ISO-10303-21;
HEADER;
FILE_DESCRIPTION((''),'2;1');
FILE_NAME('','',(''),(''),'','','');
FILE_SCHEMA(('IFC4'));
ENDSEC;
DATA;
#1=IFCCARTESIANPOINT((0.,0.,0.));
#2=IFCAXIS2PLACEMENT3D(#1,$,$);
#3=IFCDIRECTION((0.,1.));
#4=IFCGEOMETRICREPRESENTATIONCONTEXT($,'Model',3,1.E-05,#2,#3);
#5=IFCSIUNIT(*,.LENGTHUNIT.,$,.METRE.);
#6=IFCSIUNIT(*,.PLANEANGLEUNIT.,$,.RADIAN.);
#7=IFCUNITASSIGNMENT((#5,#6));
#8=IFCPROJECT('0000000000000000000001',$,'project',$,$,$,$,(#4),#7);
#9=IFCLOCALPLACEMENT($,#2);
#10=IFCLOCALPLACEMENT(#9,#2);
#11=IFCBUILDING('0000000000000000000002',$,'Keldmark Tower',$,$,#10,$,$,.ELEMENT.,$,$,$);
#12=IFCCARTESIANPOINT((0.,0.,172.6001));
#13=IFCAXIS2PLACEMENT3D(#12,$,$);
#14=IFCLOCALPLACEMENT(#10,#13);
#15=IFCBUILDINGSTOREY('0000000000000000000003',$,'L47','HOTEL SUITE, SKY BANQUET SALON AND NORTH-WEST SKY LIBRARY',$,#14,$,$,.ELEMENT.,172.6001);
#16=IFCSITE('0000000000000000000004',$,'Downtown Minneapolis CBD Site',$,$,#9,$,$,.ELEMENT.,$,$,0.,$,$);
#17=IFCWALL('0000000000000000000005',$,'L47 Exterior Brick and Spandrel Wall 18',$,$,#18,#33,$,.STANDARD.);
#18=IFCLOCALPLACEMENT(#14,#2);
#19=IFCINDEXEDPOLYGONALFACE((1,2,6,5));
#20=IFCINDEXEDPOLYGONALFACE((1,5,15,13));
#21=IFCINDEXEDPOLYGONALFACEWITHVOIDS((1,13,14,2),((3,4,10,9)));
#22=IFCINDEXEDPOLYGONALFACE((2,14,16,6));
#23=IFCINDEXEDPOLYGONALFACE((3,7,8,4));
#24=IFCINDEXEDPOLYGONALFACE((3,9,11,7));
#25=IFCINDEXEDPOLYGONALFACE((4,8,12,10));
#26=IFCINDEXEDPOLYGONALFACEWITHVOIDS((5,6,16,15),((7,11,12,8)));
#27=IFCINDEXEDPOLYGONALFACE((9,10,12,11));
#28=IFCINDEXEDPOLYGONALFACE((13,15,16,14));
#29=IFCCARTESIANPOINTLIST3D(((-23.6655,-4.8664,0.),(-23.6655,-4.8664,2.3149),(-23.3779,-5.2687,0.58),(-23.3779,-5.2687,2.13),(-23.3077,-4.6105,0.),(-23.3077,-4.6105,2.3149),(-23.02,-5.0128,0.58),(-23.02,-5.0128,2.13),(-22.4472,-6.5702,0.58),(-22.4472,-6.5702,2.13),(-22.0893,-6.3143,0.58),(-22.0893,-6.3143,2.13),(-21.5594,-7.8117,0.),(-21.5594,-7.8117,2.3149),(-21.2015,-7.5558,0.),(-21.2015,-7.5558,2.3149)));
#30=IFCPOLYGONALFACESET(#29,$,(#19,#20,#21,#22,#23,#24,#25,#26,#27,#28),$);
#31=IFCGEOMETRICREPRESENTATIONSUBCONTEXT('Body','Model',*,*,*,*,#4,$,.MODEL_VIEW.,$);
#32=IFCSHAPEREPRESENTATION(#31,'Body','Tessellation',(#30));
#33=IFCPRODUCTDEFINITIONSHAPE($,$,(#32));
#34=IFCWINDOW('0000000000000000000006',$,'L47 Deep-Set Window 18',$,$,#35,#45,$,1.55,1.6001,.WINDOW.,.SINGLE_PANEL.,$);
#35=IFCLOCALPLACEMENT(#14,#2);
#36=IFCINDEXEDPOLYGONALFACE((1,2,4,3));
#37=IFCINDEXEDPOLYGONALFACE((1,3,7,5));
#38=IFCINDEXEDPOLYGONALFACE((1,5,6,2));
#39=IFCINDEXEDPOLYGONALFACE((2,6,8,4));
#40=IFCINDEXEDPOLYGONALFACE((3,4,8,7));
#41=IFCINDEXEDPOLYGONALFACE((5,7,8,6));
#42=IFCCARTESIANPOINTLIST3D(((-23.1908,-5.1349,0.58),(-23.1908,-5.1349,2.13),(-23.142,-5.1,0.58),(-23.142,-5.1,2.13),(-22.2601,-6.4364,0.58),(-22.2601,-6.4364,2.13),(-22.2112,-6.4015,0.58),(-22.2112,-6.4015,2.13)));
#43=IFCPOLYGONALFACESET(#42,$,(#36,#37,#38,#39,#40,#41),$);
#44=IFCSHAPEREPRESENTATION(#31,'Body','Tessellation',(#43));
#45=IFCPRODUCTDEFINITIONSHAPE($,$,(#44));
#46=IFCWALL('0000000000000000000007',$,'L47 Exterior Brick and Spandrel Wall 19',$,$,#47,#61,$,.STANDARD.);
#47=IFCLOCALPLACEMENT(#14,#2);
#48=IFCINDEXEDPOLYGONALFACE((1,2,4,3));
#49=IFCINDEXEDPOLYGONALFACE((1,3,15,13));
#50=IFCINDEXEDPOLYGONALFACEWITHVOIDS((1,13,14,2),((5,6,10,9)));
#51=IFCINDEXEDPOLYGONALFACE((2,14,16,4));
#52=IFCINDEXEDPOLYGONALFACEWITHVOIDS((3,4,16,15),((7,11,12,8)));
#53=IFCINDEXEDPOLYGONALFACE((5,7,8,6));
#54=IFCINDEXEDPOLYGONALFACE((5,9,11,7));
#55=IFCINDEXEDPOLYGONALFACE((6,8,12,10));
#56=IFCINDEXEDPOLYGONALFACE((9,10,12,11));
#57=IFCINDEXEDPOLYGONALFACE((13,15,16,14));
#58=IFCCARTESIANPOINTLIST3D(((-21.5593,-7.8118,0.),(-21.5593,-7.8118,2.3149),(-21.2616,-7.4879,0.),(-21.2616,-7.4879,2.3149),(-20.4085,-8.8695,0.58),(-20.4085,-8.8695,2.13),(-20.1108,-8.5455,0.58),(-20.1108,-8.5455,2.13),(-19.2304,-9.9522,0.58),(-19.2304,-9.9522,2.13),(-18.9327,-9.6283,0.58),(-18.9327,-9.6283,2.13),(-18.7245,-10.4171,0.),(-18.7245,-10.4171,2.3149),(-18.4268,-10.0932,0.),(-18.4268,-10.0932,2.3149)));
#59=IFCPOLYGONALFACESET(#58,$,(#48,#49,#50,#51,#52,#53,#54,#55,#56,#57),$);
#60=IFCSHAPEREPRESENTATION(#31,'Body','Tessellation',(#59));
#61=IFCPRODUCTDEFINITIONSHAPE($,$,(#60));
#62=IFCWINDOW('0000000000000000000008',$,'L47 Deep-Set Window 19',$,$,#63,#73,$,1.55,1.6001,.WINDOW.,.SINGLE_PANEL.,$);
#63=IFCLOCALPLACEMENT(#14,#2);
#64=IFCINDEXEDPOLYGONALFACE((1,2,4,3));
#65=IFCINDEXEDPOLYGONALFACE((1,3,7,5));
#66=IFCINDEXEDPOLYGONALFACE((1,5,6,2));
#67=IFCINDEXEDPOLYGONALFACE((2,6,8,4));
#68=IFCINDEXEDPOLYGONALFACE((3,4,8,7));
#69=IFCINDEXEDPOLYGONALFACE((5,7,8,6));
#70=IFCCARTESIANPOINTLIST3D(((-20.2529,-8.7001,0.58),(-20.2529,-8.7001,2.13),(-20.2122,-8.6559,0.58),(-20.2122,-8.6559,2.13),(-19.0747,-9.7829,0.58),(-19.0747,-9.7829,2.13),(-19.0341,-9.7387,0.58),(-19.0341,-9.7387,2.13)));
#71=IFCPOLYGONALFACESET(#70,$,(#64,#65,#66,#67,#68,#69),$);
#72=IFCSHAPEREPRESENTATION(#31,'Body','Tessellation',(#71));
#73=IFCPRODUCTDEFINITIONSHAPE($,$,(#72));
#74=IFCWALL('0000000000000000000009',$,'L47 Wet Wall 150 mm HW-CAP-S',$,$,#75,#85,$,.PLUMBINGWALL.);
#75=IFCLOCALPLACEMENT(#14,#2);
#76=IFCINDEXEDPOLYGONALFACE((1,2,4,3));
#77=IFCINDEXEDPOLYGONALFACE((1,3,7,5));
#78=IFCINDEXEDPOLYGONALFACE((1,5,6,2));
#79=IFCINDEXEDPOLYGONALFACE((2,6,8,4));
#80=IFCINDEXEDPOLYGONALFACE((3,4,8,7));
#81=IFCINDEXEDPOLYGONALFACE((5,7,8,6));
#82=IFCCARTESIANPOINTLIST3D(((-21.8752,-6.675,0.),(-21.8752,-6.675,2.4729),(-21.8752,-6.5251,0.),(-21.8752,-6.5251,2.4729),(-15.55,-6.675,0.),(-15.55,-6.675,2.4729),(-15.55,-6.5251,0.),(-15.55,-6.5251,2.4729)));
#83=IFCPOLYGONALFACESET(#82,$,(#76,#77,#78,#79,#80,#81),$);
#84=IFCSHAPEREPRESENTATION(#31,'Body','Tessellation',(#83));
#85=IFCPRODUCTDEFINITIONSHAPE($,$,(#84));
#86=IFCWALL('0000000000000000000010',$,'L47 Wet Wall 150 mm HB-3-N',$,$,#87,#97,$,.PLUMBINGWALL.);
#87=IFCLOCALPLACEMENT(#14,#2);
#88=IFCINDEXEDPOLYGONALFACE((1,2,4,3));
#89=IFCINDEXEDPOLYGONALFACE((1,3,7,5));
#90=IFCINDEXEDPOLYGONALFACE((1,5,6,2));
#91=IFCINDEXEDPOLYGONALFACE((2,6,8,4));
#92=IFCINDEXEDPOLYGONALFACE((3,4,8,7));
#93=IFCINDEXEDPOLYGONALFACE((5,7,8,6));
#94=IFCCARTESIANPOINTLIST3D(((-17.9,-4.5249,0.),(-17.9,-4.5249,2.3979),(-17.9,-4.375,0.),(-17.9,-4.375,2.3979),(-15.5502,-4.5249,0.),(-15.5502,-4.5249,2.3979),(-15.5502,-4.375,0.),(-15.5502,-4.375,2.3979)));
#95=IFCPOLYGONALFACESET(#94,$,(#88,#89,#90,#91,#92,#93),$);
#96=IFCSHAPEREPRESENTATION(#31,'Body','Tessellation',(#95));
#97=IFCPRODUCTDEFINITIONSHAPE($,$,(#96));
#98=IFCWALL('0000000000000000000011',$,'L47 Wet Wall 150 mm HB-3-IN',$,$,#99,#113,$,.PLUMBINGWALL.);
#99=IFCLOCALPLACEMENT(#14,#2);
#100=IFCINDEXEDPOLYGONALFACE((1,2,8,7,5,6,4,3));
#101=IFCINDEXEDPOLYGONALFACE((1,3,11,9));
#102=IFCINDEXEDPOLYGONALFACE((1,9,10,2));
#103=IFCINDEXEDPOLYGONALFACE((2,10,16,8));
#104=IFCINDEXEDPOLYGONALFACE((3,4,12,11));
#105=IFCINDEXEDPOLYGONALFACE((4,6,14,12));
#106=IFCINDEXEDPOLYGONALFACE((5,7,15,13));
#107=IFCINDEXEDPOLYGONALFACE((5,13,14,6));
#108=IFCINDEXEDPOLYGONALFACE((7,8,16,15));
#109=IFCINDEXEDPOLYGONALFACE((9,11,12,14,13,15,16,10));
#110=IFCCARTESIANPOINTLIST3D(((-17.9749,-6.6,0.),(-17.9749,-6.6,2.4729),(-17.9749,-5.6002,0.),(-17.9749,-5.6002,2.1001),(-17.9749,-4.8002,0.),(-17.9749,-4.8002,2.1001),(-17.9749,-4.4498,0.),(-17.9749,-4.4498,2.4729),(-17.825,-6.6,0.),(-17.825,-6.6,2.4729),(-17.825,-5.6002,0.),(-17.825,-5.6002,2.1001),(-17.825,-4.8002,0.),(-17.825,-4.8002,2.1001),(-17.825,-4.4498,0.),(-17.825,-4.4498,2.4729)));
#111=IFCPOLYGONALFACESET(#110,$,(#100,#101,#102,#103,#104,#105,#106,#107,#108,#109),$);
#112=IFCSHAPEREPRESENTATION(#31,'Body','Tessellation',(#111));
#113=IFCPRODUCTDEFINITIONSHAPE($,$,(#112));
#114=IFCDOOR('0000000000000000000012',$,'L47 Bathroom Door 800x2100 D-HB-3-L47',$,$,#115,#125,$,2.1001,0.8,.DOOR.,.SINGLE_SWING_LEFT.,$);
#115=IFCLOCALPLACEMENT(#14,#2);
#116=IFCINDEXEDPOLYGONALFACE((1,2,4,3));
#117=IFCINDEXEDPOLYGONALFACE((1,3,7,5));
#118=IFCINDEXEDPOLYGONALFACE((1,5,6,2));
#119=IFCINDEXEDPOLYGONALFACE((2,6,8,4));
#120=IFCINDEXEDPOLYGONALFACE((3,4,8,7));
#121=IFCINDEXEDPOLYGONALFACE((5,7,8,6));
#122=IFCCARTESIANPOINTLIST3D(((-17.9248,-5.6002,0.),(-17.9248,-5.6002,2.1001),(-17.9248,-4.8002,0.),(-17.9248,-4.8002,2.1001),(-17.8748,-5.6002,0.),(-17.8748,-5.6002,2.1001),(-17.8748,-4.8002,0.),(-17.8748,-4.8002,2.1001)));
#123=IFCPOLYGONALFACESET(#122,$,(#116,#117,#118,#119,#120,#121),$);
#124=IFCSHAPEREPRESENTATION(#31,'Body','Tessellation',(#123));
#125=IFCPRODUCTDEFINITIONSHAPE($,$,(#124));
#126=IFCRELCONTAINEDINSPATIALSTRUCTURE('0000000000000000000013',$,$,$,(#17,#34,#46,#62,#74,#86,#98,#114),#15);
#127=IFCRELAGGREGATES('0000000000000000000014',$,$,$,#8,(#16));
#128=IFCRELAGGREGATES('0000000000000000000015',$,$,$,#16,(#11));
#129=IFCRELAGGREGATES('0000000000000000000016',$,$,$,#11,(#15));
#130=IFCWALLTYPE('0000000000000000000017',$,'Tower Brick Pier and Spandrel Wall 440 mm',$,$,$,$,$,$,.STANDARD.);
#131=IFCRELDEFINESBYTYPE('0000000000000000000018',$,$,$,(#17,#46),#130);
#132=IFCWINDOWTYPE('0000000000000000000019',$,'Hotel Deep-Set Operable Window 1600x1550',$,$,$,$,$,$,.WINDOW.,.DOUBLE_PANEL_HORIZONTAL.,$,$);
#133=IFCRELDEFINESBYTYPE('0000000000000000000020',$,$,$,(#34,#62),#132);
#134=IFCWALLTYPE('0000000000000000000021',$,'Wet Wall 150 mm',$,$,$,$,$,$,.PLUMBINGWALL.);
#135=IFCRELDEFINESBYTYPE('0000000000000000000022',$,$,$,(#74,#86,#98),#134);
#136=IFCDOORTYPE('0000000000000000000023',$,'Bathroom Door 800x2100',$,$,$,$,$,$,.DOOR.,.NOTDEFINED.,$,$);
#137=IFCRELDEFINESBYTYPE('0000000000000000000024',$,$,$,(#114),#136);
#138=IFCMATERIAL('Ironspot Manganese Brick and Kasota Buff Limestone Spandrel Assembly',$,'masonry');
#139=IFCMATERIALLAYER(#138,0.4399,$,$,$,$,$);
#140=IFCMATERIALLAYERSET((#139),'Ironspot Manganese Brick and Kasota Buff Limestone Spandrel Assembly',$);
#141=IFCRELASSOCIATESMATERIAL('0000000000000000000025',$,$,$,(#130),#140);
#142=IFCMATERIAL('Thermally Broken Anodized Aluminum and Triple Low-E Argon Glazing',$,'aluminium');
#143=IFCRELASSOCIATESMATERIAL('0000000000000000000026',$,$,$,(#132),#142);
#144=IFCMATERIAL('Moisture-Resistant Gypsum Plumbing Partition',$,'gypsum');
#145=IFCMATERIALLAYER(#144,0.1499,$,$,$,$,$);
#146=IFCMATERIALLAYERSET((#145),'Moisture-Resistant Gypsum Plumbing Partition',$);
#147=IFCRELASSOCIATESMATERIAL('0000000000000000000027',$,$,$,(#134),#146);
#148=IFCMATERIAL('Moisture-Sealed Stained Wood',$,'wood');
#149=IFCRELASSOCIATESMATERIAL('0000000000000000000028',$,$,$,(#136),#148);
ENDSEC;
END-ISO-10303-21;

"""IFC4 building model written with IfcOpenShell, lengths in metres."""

from ifc_helpers import new_model, si_unit, direction, frame, frame_2d, origin, place, context, subcontext, project, spatial, rectangle, extrude, material, layer, layer_set, type_object, element, fill, save


model = new_model("IFC4")

# Units and contexts
model_context = context("Model", 3, precision=1e-05, world=origin(), true_north=direction((0.0, 1.0)))
body_context = subcontext(model_context, "Body", "Model", "MODEL_VIEW")
ifc_project = project(units=[si_unit("LENGTHUNIT", "METRE"), si_unit("PLANEANGLEUNIT", "RADIAN")], contexts=[model_context])

# Site, building, storey
site_placement = place(None, origin())
site = spatial("IfcSite", under=ifc_project, at=site_placement, Name="Downtown Minneapolis CBD Site", CompositionType="ELEMENT", RefElevation=0.0)
building_placement = place(site_placement, origin())
building = spatial("IfcBuilding", under=site, at=building_placement, Name="Keldmark Tower", CompositionType="ELEMENT")
storey_placement = place(building_placement, frame((0.0, 0.0, 172.6001)))
storey = spatial("IfcBuildingStorey", under=building, at=storey_placement, Name="L47", Description="HOTEL SUITE, SKY BANQUET SALON AND NORTH-WEST SKY LIBRARY", CompositionType="ELEMENT", Elevation=172.6001)

# Walls, openings, windows
ifc_material_1 = material(Name="Ironspot Manganese Brick and Kasota Buff Limestone Spandrel Assembly", Category="masonry")
ifc_layer_1 = layer(ifc_material_1, 0.4399)
ifc_layer_set_1 = layer_set([ifc_layer_1], Name="Ironspot Manganese Brick and Kasota Buff Limestone Spandrel Assembly")
wall_type_1 = type_object("IfcWallType", Name="Tower Brick Pier and Spandrel Wall 440 mm", PredefinedType="STANDARD", material=ifc_layer_set_1)
ifc_material_2 = material(Name="Thermally Broken Anodized Aluminum and Triple Low-E Argon Glazing", Category="aluminium")
window_type = type_object("IfcWindowType", Name="Hotel Deep-Set Operable Window 1600x1550", PartitioningType="DOUBLE_PANEL_HORIZONTAL", PredefinedType="WINDOW", material=ifc_material_2)
wall_1_placement = place(storey_placement, frame((-21.3804, -7.6838, 0.0), z_axis=(0.0, 0.0, 1.0), x_axis=(-0.581678, 0.813419, 0.0)))
wall_1 = element("IfcWall", 1, at=wall_1_placement, inside=storey, type_object=wall_type_1, Name="L47 Exterior Brick and Spandrel Wall 18", PredefinedType="STANDARD", context=body_context, shape_type="SweptSolid", body=[
    extrude(rectangle(XDim=3.6208, YDim=0.4399, at=frame_2d((1.8105, 0.0))), origin(), (0.0, 0.0, 1.0), 2.3149),
])
opening_1_placement = place(wall_1_placement, frame((1.5264, 0.0, 0.5801)))
opening_1 = element("IfcOpeningElement", 2, at=opening_1_placement, cuts=wall_1, PredefinedType="OPENING", context=body_context, shape_type="SweptSolid", body=[
    extrude(rectangle(XDim=1.6001, YDim=1.55, at=frame_2d((0.8, 0.7749))), frame((0.0, 0.23, 0.0), z_axis=(0.0, -1.0, 0.0), x_axis=(1.0, 0.0, 0.0)), (0.0, 0.0, 1.0), 0.46),
])
window_1_placement = place(opening_1_placement, origin())
window_1 = element("IfcWindow", 3, at=window_1_placement, inside=storey, type_object=window_type, Name="L47 Deep-Set Window 18", OverallHeight=1.55, OverallWidth=1.6001, PartitioningType="SINGLE_PANEL", PredefinedType="WINDOW", context=body_context, shape_type="SweptSolid", body=[
    extrude(rectangle(XDim=1.6001, YDim=1.55, at=frame_2d((0.8, 0.7749))), frame((0.0, -0.01, 0.0), z_axis=(0.0, -1.0, 0.0), x_axis=(1.0, 0.0, 0.0)), (0.0, 0.0, 1.0), 0.0601),
])
fill(opening_1, window_1)
wall_2_placement = place(storey_placement, frame((-18.5757, -10.2551, 0.0), z_axis=(0.0, 0.0, 1.0), x_axis=(-0.736282, 0.676675, 0.0)))
wall_2 = element("IfcWall", 4, at=wall_2_placement, inside=storey, type_object=wall_type_1, Name="L47 Exterior Brick and Spandrel Wall 19", PredefinedType="STANDARD", context=body_context, shape_type="SweptSolid", body=[
    extrude(rectangle(XDim=3.8501, YDim=0.4399, at=frame_2d((1.925, 0.0))), origin(), (0.0, 0.0, 1.0), 2.3149),
])
opening_2_placement = place(wall_2_placement, frame((0.687, 0.0, 0.5801)))
opening_2 = element("IfcOpeningElement", 5, at=opening_2_placement, cuts=wall_2, PredefinedType="OPENING", context=body_context, shape_type="SweptSolid", body=[
    extrude(rectangle(XDim=1.6001, YDim=1.55, at=frame_2d((0.8, 0.7749))), frame((0.0, 0.23, 0.0), z_axis=(0.0, -1.0, 0.0), x_axis=(1.0, 0.0, 0.0)), (0.0, 0.0, 1.0), 0.46),
])
window_2_placement = place(opening_2_placement, origin())
window_2 = element("IfcWindow", 6, at=window_2_placement, inside=storey, type_object=window_type, Name="L47 Deep-Set Window 19", OverallHeight=1.55, OverallWidth=1.6001, PartitioningType="SINGLE_PANEL", PredefinedType="WINDOW", context=body_context, shape_type="SweptSolid", body=[
    extrude(rectangle(XDim=1.6001, YDim=1.55, at=frame_2d((0.8, 0.7749))), frame((0.0, -0.01, 0.0), z_axis=(0.0, -1.0, 0.0), x_axis=(1.0, 0.0, 0.0)), (0.0, 0.0, 1.0), 0.0601),
])
fill(opening_2, window_2)

# Walls
ifc_material_3 = material(Name="Moisture-Resistant Gypsum Plumbing Partition", Category="gypsum")
ifc_layer_2 = layer(ifc_material_3, 0.1499)
ifc_layer_set_2 = layer_set([ifc_layer_2], Name="Moisture-Resistant Gypsum Plumbing Partition")
wall_type_2 = type_object("IfcWallType", Name="Wet Wall 150 mm", PredefinedType="PLUMBINGWALL", material=ifc_layer_set_2)
wall_3_placement = place(storey_placement, frame((-21.8752, -6.6001, 0.0), z_axis=(0.0, 0.0, 1.0), x_axis=(1.0, 0.0, 0.0)))
element("IfcWall", 7, at=wall_3_placement, inside=storey, type_object=wall_type_2, Name="L47 Wet Wall 150 mm HW-CAP-S", PredefinedType="PLUMBINGWALL", context=body_context, shape_type="SweptSolid", body=[
    extrude(rectangle(XDim=6.3252, YDim=0.1499, at=frame_2d((3.1626, 0.0))), origin(), (0.0, 0.0, 1.0), 2.4729),
])
wall_4_placement = place(storey_placement, frame((-17.8999, -4.45, 0.0), z_axis=(0.0, 0.0, 1.0), x_axis=(1.0, 0.0, 0.0)))
element("IfcWall", 8, at=wall_4_placement, inside=storey, type_object=wall_type_2, Name="L47 Wet Wall 150 mm HB-3-N", PredefinedType="PLUMBINGWALL", context=body_context, shape_type="SweptSolid", body=[
    extrude(rectangle(XDim=2.3499, YDim=0.1499, at=frame_2d((1.1748, 0.0))), origin(), (0.0, 0.0, 1.0), 2.3979),
])

# Wall, opening, door
wall_5_placement = place(storey_placement, frame((-17.8999, -6.6001, 0.0), z_axis=(0.0, 0.0, 1.0), x_axis=(0.0, 1.0, 0.0)))
wall_5 = element("IfcWall", 9, at=wall_5_placement, inside=storey, type_object=wall_type_2, Name="L47 Wet Wall 150 mm HB-3-IN", PredefinedType="PLUMBINGWALL", context=body_context, shape_type="SweptSolid", body=[
    extrude(rectangle(XDim=2.1501, YDim=0.1499, at=frame_2d((1.0752, 0.0))), origin(), (0.0, 0.0, 1.0), 2.4729),
])
opening_3_placement = place(wall_5_placement, frame((1.0, 0.0, 0.0)))
opening_3 = element("IfcOpeningElement", 10, at=opening_3_placement, cuts=wall_5, PredefinedType="OPENING", context=body_context, shape_type="SweptSolid", body=[
    extrude(rectangle(XDim=0.8, YDim=2.1001, at=frame_2d((0.3999, 1.05))), frame((0.0, 0.085, 0.0), z_axis=(0.0, -1.0, 0.0), x_axis=(1.0, 0.0, 0.0)), (0.0, 0.0, 1.0), 0.1699),
])
ifc_material_4 = material(Name="Moisture-Sealed Stained Wood", Category="wood")
door_type = type_object("IfcDoorType", Name="Bathroom Door 800x2100", OperationType="NOTDEFINED", PredefinedType="DOOR", material=ifc_material_4)
door_placement = place(opening_3_placement, origin())
door = element("IfcDoor", 11, at=door_placement, inside=storey, type_object=door_type, Name="L47 Bathroom Door 800x2100 D-HB-3-L47", OperationType="SINGLE_SWING_LEFT", OverallHeight=2.1001, OverallWidth=0.8, PredefinedType="DOOR", context=body_context, shape_type="SweptSolid", body=[
    extrude(rectangle(XDim=0.8, YDim=2.1001, at=frame_2d((0.3999, 1.05))), frame((0.0, 0.0249, 0.0), z_axis=(0.0, -1.0, 0.0), x_axis=(1.0, 0.0, 0.0)), (0.0, 0.0, 1.0), 0.05),
])
fill(opening_3, door)

save(model, "model.ifc")
